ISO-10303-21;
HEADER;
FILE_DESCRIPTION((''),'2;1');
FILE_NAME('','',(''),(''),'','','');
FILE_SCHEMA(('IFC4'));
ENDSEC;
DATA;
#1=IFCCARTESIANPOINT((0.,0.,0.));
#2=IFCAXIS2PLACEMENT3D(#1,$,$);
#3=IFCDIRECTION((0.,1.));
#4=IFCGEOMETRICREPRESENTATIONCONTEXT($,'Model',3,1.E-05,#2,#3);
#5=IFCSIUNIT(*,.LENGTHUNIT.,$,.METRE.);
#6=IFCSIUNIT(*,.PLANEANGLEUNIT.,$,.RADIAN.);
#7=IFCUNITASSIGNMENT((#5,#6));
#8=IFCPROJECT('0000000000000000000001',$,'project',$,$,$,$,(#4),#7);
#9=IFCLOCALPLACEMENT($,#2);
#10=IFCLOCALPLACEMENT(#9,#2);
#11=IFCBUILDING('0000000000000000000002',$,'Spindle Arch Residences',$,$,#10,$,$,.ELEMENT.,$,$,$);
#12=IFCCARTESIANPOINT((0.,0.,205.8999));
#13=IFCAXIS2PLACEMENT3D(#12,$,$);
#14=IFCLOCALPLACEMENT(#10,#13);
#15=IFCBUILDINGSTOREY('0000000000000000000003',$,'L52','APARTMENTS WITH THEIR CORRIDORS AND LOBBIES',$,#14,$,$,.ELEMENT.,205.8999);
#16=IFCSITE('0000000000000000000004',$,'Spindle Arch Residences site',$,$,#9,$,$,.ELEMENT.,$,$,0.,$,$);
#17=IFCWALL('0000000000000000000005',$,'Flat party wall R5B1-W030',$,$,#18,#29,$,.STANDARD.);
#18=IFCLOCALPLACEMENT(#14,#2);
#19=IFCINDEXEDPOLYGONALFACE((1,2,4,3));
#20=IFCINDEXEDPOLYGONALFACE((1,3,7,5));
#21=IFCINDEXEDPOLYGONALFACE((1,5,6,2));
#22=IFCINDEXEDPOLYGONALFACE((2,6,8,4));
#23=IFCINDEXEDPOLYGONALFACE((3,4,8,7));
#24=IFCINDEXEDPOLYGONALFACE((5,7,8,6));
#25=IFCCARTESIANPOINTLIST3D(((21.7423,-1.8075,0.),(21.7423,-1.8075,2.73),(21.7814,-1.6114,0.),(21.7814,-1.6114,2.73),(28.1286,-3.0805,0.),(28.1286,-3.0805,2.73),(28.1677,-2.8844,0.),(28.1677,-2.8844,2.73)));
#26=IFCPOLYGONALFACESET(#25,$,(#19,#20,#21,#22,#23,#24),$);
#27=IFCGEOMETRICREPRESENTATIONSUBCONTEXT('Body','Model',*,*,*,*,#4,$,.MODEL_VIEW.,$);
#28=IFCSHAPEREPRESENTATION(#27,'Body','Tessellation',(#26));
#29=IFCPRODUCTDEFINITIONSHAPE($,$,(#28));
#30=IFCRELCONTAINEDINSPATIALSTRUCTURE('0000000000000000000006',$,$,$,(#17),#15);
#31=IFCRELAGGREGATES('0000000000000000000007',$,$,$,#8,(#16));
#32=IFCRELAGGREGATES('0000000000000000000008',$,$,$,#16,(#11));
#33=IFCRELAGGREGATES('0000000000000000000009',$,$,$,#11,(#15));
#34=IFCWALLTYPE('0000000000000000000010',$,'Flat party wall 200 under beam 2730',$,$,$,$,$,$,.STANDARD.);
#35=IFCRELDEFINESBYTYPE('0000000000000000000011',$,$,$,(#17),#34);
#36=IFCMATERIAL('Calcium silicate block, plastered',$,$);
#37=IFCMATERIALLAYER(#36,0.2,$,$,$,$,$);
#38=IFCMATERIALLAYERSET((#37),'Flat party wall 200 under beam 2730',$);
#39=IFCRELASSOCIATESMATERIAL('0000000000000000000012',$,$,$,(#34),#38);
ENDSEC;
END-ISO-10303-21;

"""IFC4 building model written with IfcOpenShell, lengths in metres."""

from ifc_helpers import new_model, si_unit, direction, frame, frame_2d, origin, place, context, subcontext, project, spatial, rectangle, extrude, material, layer, layer_set, type_object, element, save


model = new_model("IFC4")

# Units and contexts
model_context = context("Model", 3, precision=1e-05, world=origin(), true_north=direction((0.0, 1.0)))
body_context = subcontext(model_context, "Body", "Model", "MODEL_VIEW")
ifc_project = project(units=[si_unit("LENGTHUNIT", "METRE"), si_unit("PLANEANGLEUNIT", "RADIAN")], contexts=[model_context])

# Site, building, storey
site_placement = place(None, origin())
site = spatial("IfcSite", under=ifc_project, at=site_placement, Name="Spindle Arch Residences site", CompositionType="ELEMENT", RefElevation=0.0)
building_placement = place(site_placement, origin())
building = spatial("IfcBuilding", under=site, at=building_placement, Name="Spindle Arch Residences", CompositionType="ELEMENT")
storey_placement = place(building_placement, frame((0.0, 0.0, 205.8999)))
storey = spatial("IfcBuildingStorey", under=building, at=storey_placement, Name="L52", Description="APARTMENTS WITH THEIR CORRIDORS AND LOBBIES", CompositionType="ELEMENT", Elevation=205.8999)

# Wall
ifc_material_1 = material(Name="Calcium silicate block, plastered")
ifc_layer_1 = layer(ifc_material_1, 0.2)
ifc_layer_set_1 = layer_set([ifc_layer_1], Name="Flat party wall 200 under beam 2730")
wall_type_1 = type_object("IfcWallType", Name="Flat party wall 200 under beam 2730", PredefinedType="STANDARD", material=ifc_layer_set_1)
wall_1_placement = place(storey_placement, frame((21.762, -1.7095, 0.0), z_axis=(0.0, 0.0, 1.0), x_axis=(0.980707, -0.195482, 0.0)))
element("IfcWall", 1, at=wall_1_placement, inside=storey, type_object=wall_type_1, Name="Flat party wall R5B1-W030", PredefinedType="STANDARD", context=body_context, shape_type="SweptSolid", body=[
    extrude(rectangle(XDim=6.512, YDim=0.2, at=frame_2d((3.2559, 0.0))), origin(), (0.0, 0.0, 1.0), 2.73),
])

save(model, "model.ifc")
